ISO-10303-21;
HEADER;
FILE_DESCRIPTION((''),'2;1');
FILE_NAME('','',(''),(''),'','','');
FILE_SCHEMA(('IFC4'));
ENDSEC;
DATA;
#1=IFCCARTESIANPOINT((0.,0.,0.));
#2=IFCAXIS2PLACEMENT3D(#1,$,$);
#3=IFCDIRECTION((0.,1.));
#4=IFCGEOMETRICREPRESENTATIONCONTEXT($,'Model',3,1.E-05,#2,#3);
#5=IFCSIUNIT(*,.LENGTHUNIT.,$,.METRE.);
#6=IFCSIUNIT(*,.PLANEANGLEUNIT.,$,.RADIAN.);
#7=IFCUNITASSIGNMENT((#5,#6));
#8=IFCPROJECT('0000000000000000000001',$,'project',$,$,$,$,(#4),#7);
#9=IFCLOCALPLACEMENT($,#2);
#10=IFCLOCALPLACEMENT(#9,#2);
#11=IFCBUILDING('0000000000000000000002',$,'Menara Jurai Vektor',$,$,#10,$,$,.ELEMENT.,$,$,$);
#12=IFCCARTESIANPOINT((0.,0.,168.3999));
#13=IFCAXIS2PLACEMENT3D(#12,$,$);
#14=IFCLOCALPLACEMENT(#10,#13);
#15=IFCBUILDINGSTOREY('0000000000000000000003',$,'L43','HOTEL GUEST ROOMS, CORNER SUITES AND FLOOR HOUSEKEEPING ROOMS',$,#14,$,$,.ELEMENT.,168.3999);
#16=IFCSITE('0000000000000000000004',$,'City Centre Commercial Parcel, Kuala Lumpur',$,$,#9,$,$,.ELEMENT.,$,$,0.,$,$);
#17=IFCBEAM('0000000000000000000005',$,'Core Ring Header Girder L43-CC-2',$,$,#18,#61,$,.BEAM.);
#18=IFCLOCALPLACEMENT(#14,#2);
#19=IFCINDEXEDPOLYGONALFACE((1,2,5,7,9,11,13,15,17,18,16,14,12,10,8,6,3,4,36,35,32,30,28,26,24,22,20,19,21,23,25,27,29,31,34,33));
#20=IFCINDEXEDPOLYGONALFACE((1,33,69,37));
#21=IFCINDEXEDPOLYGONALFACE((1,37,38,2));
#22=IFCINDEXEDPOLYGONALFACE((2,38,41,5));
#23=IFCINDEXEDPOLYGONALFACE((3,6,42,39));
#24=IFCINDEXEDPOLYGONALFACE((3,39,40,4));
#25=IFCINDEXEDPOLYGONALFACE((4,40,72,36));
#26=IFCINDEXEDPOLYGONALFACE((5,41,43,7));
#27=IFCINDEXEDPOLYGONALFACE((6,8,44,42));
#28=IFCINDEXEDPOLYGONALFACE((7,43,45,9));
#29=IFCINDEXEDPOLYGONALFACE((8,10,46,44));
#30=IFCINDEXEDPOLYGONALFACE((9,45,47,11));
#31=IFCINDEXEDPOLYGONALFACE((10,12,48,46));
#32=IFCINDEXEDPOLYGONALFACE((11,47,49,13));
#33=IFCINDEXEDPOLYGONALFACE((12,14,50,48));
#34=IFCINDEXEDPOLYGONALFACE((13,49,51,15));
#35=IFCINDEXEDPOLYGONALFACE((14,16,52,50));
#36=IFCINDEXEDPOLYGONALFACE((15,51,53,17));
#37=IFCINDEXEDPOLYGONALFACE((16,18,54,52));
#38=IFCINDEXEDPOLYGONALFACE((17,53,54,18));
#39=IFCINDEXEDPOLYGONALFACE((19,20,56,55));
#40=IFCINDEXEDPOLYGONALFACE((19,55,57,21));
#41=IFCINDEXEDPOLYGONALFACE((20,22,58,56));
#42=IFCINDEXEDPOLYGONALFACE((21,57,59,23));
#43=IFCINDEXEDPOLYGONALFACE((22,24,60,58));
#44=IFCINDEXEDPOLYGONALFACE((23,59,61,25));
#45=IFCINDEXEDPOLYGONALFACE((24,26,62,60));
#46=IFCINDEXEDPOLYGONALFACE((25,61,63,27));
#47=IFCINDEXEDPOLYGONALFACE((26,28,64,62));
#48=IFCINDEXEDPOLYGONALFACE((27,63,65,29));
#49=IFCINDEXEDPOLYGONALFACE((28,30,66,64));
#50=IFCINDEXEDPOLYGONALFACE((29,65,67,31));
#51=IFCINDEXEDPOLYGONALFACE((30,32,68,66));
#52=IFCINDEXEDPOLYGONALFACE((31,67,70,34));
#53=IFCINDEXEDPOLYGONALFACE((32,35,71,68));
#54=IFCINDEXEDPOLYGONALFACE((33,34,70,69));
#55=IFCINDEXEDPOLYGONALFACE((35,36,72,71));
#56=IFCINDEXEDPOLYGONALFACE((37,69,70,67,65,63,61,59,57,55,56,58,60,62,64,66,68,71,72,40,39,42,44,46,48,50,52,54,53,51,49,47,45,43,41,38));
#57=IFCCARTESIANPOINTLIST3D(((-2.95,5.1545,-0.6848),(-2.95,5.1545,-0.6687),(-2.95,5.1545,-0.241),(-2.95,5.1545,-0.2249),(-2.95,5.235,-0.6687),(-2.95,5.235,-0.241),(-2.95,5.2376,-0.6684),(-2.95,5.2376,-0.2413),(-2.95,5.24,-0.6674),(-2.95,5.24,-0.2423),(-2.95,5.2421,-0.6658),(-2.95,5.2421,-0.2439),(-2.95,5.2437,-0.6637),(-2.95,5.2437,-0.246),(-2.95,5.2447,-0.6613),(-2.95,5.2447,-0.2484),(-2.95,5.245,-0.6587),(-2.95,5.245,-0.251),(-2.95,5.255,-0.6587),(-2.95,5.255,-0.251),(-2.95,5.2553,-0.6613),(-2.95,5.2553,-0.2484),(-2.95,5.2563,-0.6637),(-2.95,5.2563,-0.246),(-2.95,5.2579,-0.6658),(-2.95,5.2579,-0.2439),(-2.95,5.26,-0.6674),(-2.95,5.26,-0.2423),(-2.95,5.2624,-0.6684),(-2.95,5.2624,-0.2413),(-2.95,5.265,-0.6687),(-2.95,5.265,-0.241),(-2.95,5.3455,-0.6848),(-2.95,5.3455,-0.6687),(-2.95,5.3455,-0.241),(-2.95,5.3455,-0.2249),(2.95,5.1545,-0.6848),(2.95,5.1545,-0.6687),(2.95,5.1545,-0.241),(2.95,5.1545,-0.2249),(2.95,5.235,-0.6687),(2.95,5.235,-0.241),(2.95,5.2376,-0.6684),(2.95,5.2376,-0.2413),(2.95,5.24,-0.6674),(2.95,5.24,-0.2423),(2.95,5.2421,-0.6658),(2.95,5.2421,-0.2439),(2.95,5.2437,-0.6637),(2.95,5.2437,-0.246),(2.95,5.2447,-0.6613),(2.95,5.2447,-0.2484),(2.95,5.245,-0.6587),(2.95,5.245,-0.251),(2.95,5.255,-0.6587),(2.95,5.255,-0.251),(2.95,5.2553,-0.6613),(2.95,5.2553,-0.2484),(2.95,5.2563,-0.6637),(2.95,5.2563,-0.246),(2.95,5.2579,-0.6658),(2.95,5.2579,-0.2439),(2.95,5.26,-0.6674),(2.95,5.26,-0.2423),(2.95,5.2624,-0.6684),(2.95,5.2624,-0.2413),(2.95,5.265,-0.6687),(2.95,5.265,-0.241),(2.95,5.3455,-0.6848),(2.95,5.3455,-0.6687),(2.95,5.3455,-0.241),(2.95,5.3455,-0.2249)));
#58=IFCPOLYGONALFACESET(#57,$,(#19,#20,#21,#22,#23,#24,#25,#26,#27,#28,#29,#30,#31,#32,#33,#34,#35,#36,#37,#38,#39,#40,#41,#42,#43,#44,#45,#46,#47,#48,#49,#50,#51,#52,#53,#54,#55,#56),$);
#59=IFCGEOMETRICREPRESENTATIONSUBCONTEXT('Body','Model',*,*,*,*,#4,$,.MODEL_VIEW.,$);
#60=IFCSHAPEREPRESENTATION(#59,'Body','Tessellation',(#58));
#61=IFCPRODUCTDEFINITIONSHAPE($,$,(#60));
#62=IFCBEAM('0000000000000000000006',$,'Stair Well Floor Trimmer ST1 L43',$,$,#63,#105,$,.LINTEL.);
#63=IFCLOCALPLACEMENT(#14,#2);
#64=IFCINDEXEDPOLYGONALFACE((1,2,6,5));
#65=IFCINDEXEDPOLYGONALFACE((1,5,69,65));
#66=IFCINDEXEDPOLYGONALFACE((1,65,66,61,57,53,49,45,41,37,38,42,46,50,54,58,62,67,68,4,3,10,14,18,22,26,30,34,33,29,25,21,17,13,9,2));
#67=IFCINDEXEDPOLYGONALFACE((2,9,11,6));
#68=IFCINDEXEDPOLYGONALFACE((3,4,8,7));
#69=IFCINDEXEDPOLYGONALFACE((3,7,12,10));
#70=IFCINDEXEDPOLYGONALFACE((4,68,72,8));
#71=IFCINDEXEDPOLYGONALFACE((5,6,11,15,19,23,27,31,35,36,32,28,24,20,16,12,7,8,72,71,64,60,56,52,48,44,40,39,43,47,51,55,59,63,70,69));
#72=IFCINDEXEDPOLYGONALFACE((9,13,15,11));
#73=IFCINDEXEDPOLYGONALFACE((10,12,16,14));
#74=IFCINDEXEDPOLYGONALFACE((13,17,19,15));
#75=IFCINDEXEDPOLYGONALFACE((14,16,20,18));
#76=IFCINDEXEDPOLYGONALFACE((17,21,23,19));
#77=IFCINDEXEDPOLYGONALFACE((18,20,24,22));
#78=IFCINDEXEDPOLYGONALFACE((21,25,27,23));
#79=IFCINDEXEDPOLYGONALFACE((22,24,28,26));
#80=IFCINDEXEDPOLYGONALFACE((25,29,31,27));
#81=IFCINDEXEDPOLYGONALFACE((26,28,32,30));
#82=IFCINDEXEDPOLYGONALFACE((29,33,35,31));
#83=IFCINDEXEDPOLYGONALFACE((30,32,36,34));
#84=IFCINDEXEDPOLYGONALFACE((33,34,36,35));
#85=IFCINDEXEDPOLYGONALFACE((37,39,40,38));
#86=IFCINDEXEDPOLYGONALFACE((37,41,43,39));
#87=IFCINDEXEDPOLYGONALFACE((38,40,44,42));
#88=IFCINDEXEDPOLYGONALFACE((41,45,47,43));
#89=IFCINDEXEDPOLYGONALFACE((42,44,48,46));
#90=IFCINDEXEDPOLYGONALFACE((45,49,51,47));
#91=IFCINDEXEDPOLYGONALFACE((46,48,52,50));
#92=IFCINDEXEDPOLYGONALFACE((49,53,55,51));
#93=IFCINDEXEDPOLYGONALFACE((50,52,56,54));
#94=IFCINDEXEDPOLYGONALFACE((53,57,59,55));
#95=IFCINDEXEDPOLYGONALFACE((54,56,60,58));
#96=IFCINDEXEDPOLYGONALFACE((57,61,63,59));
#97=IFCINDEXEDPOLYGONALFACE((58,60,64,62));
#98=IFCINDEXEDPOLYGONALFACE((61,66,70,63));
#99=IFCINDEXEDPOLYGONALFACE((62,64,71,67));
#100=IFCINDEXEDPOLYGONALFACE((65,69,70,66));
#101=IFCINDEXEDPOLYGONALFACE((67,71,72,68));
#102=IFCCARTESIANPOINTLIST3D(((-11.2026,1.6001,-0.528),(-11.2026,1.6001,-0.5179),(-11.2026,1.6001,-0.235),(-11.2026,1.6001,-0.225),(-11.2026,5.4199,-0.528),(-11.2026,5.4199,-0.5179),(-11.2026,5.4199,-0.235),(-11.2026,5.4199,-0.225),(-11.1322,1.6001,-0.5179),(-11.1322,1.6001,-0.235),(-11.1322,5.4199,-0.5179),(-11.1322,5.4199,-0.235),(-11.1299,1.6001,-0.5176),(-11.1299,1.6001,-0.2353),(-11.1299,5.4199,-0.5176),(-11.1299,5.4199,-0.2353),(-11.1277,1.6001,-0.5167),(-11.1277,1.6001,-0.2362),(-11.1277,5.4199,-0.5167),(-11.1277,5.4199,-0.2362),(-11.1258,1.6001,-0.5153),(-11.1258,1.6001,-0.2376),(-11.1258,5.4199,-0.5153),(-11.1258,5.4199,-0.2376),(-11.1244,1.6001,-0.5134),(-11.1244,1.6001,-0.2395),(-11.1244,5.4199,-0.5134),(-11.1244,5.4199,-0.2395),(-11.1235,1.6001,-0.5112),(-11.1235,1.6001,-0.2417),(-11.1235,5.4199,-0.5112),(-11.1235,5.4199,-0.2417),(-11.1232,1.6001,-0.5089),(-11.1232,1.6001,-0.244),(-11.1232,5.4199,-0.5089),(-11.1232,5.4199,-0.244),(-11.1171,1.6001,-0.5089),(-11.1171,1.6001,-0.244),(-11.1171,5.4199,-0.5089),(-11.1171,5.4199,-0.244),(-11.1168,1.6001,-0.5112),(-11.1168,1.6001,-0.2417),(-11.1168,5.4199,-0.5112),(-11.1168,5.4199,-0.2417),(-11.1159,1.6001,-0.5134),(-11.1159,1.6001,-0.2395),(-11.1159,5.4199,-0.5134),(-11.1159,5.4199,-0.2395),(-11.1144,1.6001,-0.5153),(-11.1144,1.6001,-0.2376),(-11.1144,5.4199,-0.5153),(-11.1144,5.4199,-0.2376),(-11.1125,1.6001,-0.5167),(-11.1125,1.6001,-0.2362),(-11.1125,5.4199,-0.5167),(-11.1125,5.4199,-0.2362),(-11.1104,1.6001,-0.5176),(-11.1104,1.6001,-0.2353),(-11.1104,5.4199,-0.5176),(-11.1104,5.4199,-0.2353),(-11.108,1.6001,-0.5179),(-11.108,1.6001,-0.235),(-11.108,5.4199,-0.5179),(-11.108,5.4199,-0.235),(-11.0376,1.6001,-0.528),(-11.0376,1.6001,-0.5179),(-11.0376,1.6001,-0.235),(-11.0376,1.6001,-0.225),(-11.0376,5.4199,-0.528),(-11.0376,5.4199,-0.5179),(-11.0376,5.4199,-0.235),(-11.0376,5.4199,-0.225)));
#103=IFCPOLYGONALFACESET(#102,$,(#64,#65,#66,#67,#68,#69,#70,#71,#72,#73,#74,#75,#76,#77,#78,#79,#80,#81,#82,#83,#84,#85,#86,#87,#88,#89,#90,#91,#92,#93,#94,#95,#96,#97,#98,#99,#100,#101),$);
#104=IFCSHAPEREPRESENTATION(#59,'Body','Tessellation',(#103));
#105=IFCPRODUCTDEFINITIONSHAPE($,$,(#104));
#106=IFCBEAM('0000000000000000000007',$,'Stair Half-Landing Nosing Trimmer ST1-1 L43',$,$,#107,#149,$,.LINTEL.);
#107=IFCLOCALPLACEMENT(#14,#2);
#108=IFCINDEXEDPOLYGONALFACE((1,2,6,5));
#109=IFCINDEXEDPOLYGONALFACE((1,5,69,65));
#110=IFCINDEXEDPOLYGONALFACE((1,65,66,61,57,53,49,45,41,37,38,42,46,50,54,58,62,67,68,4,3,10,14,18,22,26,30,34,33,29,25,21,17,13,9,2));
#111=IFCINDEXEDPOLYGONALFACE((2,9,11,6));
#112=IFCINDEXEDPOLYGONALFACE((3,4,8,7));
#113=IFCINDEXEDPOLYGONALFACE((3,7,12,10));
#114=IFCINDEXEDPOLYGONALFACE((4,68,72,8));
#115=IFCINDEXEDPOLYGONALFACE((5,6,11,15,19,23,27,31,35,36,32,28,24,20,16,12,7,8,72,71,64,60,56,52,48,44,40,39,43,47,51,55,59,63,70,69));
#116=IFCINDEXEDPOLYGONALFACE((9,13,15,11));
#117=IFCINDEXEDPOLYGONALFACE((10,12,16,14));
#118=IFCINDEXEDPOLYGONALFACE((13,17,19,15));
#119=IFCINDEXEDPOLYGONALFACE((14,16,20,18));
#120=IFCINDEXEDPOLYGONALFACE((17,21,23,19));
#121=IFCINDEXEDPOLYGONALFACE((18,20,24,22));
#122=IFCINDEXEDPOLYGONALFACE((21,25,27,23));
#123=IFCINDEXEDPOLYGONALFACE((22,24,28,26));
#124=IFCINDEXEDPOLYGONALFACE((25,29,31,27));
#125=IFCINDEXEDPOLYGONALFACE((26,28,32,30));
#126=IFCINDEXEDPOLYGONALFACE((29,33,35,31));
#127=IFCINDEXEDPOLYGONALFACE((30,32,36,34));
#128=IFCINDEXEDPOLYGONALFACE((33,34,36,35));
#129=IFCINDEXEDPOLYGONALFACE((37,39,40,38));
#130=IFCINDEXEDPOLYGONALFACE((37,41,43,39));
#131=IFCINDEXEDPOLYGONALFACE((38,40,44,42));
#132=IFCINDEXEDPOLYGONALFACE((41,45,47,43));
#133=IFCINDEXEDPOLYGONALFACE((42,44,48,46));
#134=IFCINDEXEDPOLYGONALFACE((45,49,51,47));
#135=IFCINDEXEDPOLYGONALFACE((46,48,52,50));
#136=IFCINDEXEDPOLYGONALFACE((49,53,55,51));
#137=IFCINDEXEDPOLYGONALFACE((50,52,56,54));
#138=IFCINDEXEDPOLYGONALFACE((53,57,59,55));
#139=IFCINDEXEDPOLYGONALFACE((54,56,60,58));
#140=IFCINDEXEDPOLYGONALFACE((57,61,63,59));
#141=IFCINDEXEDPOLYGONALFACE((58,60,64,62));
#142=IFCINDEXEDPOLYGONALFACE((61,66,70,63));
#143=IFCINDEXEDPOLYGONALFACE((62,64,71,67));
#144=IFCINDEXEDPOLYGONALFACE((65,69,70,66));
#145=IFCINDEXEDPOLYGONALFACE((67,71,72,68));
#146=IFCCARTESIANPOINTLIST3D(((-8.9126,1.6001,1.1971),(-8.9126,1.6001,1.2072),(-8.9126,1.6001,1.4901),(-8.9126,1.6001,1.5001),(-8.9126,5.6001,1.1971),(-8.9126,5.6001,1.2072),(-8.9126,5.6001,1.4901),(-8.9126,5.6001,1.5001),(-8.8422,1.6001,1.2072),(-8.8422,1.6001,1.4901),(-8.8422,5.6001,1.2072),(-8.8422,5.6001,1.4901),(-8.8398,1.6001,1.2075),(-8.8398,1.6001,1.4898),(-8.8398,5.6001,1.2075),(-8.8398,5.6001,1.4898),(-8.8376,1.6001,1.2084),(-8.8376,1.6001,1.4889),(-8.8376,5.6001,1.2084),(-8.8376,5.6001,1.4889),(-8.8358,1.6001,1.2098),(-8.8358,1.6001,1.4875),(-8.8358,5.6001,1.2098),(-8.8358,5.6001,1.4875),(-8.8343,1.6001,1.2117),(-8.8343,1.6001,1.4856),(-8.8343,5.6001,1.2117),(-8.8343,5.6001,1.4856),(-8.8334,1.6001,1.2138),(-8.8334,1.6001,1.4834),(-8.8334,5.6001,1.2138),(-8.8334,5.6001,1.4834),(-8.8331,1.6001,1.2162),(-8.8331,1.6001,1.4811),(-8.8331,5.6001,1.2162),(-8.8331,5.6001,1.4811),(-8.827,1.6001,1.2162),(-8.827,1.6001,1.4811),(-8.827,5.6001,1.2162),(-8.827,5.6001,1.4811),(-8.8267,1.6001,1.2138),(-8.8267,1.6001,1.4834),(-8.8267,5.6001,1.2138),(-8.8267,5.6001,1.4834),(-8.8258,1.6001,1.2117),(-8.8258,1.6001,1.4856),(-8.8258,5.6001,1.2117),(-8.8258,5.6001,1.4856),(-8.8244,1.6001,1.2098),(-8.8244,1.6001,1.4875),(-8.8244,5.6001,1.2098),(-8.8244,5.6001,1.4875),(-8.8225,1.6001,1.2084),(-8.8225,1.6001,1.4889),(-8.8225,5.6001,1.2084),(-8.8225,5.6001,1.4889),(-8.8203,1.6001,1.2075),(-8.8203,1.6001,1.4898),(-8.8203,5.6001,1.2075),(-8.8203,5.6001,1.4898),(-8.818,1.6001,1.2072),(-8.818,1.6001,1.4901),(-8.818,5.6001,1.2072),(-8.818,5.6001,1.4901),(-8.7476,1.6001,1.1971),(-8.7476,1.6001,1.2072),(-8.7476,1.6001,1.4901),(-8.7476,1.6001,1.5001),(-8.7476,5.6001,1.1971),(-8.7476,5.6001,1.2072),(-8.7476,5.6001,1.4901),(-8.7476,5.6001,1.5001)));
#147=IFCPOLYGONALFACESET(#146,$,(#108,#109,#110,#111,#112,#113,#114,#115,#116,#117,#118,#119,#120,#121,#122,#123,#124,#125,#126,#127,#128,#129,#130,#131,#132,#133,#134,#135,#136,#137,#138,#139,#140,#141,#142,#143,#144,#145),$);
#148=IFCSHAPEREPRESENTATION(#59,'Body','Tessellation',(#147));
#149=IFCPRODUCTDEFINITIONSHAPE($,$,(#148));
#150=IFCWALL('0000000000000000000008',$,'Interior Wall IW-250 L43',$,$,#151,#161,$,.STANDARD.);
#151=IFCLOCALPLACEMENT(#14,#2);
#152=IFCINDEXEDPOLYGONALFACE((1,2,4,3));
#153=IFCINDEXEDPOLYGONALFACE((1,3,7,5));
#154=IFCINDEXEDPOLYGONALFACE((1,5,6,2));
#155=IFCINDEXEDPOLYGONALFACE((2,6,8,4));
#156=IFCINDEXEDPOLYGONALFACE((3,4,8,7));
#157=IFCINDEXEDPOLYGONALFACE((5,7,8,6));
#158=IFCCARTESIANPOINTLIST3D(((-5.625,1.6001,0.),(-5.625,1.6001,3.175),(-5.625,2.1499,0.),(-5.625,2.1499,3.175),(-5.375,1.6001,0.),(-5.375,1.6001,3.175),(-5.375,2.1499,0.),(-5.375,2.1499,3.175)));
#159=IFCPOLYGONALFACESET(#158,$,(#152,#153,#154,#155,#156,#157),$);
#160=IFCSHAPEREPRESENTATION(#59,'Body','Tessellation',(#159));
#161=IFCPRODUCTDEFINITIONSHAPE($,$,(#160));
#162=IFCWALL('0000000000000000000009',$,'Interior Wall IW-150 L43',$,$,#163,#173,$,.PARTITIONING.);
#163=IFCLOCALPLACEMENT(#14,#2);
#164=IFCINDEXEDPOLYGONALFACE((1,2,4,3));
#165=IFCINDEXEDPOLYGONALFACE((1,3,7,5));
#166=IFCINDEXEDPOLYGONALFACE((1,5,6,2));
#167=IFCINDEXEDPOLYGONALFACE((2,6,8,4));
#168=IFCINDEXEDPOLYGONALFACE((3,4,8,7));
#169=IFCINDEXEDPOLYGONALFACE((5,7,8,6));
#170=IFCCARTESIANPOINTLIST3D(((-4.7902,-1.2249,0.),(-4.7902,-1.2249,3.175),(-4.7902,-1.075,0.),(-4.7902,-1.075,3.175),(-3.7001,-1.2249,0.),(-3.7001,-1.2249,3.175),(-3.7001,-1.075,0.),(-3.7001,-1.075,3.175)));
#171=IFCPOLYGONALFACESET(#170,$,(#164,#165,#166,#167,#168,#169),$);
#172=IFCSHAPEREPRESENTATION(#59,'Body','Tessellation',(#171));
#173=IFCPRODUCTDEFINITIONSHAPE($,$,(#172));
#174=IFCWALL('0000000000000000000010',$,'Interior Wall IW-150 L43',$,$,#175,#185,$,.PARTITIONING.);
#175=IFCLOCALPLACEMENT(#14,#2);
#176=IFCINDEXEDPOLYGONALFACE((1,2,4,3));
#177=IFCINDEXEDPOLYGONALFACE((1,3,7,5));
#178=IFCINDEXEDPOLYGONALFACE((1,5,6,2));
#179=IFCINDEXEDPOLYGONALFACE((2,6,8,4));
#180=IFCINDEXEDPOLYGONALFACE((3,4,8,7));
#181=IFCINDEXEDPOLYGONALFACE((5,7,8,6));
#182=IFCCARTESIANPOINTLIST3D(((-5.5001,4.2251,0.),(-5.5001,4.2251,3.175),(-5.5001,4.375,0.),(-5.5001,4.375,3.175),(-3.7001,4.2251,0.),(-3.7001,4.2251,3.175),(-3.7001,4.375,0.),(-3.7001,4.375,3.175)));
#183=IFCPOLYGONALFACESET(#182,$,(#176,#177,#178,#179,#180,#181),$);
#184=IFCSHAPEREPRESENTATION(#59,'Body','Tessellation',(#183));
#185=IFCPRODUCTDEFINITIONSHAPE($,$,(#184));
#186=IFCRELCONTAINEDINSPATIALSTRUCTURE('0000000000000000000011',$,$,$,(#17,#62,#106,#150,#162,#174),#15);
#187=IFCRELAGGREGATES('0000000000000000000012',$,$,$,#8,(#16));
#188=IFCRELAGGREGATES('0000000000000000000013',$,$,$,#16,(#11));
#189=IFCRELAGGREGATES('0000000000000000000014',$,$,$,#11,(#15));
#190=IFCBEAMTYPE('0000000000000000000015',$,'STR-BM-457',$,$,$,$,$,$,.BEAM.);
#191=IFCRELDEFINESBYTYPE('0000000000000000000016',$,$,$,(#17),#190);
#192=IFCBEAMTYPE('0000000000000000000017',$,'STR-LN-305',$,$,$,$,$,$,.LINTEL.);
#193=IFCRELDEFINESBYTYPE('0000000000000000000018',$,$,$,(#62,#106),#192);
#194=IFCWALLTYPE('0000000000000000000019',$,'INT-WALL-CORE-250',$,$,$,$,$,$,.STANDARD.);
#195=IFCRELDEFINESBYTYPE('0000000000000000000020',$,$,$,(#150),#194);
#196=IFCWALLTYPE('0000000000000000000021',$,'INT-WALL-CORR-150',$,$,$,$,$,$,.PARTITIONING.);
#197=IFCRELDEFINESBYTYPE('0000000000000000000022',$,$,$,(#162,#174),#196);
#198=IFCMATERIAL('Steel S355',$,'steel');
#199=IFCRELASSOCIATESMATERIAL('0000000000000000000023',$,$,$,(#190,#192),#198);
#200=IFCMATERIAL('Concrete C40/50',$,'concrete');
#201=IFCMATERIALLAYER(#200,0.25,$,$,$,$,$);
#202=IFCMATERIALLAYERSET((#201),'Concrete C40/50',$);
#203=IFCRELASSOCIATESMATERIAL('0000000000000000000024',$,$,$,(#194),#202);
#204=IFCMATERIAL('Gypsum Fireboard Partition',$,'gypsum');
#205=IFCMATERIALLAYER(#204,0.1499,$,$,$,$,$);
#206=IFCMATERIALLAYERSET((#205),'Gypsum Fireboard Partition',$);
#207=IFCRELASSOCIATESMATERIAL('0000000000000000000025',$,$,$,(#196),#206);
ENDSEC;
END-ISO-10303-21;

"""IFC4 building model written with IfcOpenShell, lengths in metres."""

from ifc_helpers import new_model, si_unit, direction, frame, frame_2d, origin, origin_2d, place, context, subcontext, project, spatial, rectangle, i_section, extrude, material, layer, layer_set, material_profile, profile_set, type_object, element, save


model = new_model("IFC4")

# Units and contexts
model_context = context("Model", 3, precision=1e-05, world=origin(), true_north=direction((0.0, 1.0)))
body_context = subcontext(model_context, "Body", "Model", "MODEL_VIEW")
ifc_project = project(units=[si_unit("LENGTHUNIT", "METRE"), si_unit("PLANEANGLEUNIT", "RADIAN")], contexts=[model_context])

# Site, building, storey
site_placement = place(None, origin())
site = spatial("IfcSite", under=ifc_project, at=site_placement, Name="City Centre Commercial Parcel, Kuala Lumpur", CompositionType="ELEMENT", RefElevation=0.0)
building_placement = place(site_placement, origin())
building = spatial("IfcBuilding", under=site, at=building_placement, Name="Menara Jurai Vektor", CompositionType="ELEMENT")
storey_placement = place(building_placement, frame((0.0, 0.0, 168.3999)))
storey = spatial("IfcBuildingStorey", under=building, at=storey_placement, Name="L43", Description="HOTEL GUEST ROOMS, CORNER SUITES AND FLOOR HOUSEKEEPING ROOMS", CompositionType="ELEMENT", Elevation=168.3999)

# Shared definitions
ifc_material_1 = material(Name="Steel S355", Category="steel")

# Beams
ifc_material_profile_1 = material_profile(ifc_material_1, i_section(OverallWidth=0.1909, OverallDepth=0.46, WebThickness=0.01, FlangeThickness=0.0161, FilletRadius=0.01, at=origin_2d()), Name="UKB 457x191x82")
ifc_profile_set_1 = profile_set([ifc_material_profile_1], Name="Steel S355")
beam_type_1 = type_object("IfcBeamType", Name="STR-BM-457", PredefinedType="BEAM", material=ifc_profile_set_1)
beam_1_placement = place(storey_placement, frame((-2.95, 5.25, -0.4548), z_axis=(1.0, 0.0, 0.0), x_axis=(0.0, 1.0, 0.0)))
element("IfcBeam", 1, at=beam_1_placement, inside=storey, type_object=beam_type_1, Name="Core Ring Header Girder L43-CC-2", PredefinedType="BEAM", context=body_context, shape_type="SweptSolid", body=[
    extrude(i_section(OverallWidth=0.1909, OverallDepth=0.46, WebThickness=0.01, FlangeThickness=0.0161, FilletRadius=0.01, at=origin_2d()), origin(), (0.0, 0.0, 1.0), 5.8999),
])
ifc_material_profile_2 = material_profile(ifc_material_1, i_section(OverallWidth=0.165, OverallDepth=0.303, WebThickness=0.0061, FlangeThickness=0.01, FilletRadius=0.009, at=origin_2d()), Name="UKB 305x165x40")
ifc_profile_set_2 = profile_set([ifc_material_profile_2], Name="Steel S355")
beam_type_2 = type_object("IfcBeamType", Name="STR-LN-305", PredefinedType="LINTEL", material=ifc_profile_set_2)
beam_2_placement = place(storey_placement, frame((-11.1201, 1.6001, -0.3765), z_axis=(0.0, 1.0, 0.0), x_axis=(-1.0, 0.0, 0.0)))
element("IfcBeam", 2, at=beam_2_placement, inside=storey, type_object=beam_type_2, Name="Stair Well Floor Trimmer ST1 L43", PredefinedType="LINTEL", context=body_context, shape_type="SweptSolid", body=[
    extrude(i_section(OverallWidth=0.165, OverallDepth=0.303, WebThickness=0.0061, FlangeThickness=0.01, FilletRadius=0.009, at=origin_2d()), origin(), (0.0, 0.0, 1.0), 3.8198),
])
beam_3_placement = place(storey_placement, frame((-8.8301, 1.6001, 1.3486), z_axis=(0.0, 1.0, 0.0), x_axis=(-1.0, 0.0, 0.0)))
element("IfcBeam", 3, at=beam_3_placement, inside=storey, type_object=beam_type_2, Name="Stair Half-Landing Nosing Trimmer ST1-1 L43", PredefinedType="LINTEL", context=body_context, shape_type="SweptSolid", body=[
    extrude(i_section(OverallWidth=0.165, OverallDepth=0.303, WebThickness=0.0061, FlangeThickness=0.01, FilletRadius=0.009, at=origin_2d()), origin(), (0.0, 0.0, 1.0), 4.0),
])

# Shared definitions
ifc_material_2 = material(Name="Concrete C40/50", Category="concrete")
ifc_layer_1 = layer(ifc_material_2, 0.25)
ifc_layer_set_1 = layer_set([ifc_layer_1], Name="Concrete C40/50")
wall_type_1 = type_object("IfcWallType", Name="INT-WALL-CORE-250", PredefinedType="STANDARD", material=ifc_layer_set_1)

# Walls
wall_1_placement = place(storey_placement, frame((-5.5, 1.6001, 0.0), z_axis=(0.0, 0.0, 1.0), x_axis=(0.0, 1.0, 0.0)))
element("IfcWall", 4, at=wall_1_placement, inside=storey, type_object=wall_type_1, Name="Interior Wall IW-250 L43", PredefinedType="STANDARD", context=body_context, shape_type="SweptSolid", body=[
    extrude(rectangle(XDim=0.5498, YDim=0.25, at=frame_2d((0.2749, 0.0))), origin(), (0.0, 0.0, 1.0), 3.175),
])
ifc_material_3 = material(Name="Gypsum Fireboard Partition", Category="gypsum")
ifc_layer_2 = layer(ifc_material_3, 0.1499)
ifc_layer_set_2 = layer_set([ifc_layer_2], Name="Gypsum Fireboard Partition")
wall_type_2 = type_object("IfcWallType", Name="INT-WALL-CORR-150", PredefinedType="PARTITIONING", material=ifc_layer_set_2)
wall_2_placement = place(storey_placement, frame((-4.79, -1.1499, 0.0), z_axis=(0.0, 0.0, 1.0), x_axis=(1.0, 0.0, 0.0)))
element("IfcWall", 5, at=wall_2_placement, inside=storey, type_object=wall_type_2, Name="Interior Wall IW-150 L43", PredefinedType="PARTITIONING", context=body_context, shape_type="SweptSolid", body=[
    extrude(rectangle(XDim=1.0901, YDim=0.1499, at=frame_2d((0.5449, 0.0))), origin(), (0.0, 0.0, 1.0), 3.175),
])
wall_3_placement = place(storey_placement, frame((-5.5, 4.3, 0.0), z_axis=(0.0, 0.0, 1.0), x_axis=(1.0, 0.0, 0.0)))
element("IfcWall", 6, at=wall_3_placement, inside=storey, type_object=wall_type_2, Name="Interior Wall IW-150 L43", PredefinedType="PARTITIONING", context=body_context, shape_type="SweptSolid", body=[
    extrude(rectangle(XDim=1.8, YDim=0.1499, at=frame_2d((0.8999, 0.0))), origin(), (0.0, 0.0, 1.0), 3.175),
])

save(model, "model.ifc")
